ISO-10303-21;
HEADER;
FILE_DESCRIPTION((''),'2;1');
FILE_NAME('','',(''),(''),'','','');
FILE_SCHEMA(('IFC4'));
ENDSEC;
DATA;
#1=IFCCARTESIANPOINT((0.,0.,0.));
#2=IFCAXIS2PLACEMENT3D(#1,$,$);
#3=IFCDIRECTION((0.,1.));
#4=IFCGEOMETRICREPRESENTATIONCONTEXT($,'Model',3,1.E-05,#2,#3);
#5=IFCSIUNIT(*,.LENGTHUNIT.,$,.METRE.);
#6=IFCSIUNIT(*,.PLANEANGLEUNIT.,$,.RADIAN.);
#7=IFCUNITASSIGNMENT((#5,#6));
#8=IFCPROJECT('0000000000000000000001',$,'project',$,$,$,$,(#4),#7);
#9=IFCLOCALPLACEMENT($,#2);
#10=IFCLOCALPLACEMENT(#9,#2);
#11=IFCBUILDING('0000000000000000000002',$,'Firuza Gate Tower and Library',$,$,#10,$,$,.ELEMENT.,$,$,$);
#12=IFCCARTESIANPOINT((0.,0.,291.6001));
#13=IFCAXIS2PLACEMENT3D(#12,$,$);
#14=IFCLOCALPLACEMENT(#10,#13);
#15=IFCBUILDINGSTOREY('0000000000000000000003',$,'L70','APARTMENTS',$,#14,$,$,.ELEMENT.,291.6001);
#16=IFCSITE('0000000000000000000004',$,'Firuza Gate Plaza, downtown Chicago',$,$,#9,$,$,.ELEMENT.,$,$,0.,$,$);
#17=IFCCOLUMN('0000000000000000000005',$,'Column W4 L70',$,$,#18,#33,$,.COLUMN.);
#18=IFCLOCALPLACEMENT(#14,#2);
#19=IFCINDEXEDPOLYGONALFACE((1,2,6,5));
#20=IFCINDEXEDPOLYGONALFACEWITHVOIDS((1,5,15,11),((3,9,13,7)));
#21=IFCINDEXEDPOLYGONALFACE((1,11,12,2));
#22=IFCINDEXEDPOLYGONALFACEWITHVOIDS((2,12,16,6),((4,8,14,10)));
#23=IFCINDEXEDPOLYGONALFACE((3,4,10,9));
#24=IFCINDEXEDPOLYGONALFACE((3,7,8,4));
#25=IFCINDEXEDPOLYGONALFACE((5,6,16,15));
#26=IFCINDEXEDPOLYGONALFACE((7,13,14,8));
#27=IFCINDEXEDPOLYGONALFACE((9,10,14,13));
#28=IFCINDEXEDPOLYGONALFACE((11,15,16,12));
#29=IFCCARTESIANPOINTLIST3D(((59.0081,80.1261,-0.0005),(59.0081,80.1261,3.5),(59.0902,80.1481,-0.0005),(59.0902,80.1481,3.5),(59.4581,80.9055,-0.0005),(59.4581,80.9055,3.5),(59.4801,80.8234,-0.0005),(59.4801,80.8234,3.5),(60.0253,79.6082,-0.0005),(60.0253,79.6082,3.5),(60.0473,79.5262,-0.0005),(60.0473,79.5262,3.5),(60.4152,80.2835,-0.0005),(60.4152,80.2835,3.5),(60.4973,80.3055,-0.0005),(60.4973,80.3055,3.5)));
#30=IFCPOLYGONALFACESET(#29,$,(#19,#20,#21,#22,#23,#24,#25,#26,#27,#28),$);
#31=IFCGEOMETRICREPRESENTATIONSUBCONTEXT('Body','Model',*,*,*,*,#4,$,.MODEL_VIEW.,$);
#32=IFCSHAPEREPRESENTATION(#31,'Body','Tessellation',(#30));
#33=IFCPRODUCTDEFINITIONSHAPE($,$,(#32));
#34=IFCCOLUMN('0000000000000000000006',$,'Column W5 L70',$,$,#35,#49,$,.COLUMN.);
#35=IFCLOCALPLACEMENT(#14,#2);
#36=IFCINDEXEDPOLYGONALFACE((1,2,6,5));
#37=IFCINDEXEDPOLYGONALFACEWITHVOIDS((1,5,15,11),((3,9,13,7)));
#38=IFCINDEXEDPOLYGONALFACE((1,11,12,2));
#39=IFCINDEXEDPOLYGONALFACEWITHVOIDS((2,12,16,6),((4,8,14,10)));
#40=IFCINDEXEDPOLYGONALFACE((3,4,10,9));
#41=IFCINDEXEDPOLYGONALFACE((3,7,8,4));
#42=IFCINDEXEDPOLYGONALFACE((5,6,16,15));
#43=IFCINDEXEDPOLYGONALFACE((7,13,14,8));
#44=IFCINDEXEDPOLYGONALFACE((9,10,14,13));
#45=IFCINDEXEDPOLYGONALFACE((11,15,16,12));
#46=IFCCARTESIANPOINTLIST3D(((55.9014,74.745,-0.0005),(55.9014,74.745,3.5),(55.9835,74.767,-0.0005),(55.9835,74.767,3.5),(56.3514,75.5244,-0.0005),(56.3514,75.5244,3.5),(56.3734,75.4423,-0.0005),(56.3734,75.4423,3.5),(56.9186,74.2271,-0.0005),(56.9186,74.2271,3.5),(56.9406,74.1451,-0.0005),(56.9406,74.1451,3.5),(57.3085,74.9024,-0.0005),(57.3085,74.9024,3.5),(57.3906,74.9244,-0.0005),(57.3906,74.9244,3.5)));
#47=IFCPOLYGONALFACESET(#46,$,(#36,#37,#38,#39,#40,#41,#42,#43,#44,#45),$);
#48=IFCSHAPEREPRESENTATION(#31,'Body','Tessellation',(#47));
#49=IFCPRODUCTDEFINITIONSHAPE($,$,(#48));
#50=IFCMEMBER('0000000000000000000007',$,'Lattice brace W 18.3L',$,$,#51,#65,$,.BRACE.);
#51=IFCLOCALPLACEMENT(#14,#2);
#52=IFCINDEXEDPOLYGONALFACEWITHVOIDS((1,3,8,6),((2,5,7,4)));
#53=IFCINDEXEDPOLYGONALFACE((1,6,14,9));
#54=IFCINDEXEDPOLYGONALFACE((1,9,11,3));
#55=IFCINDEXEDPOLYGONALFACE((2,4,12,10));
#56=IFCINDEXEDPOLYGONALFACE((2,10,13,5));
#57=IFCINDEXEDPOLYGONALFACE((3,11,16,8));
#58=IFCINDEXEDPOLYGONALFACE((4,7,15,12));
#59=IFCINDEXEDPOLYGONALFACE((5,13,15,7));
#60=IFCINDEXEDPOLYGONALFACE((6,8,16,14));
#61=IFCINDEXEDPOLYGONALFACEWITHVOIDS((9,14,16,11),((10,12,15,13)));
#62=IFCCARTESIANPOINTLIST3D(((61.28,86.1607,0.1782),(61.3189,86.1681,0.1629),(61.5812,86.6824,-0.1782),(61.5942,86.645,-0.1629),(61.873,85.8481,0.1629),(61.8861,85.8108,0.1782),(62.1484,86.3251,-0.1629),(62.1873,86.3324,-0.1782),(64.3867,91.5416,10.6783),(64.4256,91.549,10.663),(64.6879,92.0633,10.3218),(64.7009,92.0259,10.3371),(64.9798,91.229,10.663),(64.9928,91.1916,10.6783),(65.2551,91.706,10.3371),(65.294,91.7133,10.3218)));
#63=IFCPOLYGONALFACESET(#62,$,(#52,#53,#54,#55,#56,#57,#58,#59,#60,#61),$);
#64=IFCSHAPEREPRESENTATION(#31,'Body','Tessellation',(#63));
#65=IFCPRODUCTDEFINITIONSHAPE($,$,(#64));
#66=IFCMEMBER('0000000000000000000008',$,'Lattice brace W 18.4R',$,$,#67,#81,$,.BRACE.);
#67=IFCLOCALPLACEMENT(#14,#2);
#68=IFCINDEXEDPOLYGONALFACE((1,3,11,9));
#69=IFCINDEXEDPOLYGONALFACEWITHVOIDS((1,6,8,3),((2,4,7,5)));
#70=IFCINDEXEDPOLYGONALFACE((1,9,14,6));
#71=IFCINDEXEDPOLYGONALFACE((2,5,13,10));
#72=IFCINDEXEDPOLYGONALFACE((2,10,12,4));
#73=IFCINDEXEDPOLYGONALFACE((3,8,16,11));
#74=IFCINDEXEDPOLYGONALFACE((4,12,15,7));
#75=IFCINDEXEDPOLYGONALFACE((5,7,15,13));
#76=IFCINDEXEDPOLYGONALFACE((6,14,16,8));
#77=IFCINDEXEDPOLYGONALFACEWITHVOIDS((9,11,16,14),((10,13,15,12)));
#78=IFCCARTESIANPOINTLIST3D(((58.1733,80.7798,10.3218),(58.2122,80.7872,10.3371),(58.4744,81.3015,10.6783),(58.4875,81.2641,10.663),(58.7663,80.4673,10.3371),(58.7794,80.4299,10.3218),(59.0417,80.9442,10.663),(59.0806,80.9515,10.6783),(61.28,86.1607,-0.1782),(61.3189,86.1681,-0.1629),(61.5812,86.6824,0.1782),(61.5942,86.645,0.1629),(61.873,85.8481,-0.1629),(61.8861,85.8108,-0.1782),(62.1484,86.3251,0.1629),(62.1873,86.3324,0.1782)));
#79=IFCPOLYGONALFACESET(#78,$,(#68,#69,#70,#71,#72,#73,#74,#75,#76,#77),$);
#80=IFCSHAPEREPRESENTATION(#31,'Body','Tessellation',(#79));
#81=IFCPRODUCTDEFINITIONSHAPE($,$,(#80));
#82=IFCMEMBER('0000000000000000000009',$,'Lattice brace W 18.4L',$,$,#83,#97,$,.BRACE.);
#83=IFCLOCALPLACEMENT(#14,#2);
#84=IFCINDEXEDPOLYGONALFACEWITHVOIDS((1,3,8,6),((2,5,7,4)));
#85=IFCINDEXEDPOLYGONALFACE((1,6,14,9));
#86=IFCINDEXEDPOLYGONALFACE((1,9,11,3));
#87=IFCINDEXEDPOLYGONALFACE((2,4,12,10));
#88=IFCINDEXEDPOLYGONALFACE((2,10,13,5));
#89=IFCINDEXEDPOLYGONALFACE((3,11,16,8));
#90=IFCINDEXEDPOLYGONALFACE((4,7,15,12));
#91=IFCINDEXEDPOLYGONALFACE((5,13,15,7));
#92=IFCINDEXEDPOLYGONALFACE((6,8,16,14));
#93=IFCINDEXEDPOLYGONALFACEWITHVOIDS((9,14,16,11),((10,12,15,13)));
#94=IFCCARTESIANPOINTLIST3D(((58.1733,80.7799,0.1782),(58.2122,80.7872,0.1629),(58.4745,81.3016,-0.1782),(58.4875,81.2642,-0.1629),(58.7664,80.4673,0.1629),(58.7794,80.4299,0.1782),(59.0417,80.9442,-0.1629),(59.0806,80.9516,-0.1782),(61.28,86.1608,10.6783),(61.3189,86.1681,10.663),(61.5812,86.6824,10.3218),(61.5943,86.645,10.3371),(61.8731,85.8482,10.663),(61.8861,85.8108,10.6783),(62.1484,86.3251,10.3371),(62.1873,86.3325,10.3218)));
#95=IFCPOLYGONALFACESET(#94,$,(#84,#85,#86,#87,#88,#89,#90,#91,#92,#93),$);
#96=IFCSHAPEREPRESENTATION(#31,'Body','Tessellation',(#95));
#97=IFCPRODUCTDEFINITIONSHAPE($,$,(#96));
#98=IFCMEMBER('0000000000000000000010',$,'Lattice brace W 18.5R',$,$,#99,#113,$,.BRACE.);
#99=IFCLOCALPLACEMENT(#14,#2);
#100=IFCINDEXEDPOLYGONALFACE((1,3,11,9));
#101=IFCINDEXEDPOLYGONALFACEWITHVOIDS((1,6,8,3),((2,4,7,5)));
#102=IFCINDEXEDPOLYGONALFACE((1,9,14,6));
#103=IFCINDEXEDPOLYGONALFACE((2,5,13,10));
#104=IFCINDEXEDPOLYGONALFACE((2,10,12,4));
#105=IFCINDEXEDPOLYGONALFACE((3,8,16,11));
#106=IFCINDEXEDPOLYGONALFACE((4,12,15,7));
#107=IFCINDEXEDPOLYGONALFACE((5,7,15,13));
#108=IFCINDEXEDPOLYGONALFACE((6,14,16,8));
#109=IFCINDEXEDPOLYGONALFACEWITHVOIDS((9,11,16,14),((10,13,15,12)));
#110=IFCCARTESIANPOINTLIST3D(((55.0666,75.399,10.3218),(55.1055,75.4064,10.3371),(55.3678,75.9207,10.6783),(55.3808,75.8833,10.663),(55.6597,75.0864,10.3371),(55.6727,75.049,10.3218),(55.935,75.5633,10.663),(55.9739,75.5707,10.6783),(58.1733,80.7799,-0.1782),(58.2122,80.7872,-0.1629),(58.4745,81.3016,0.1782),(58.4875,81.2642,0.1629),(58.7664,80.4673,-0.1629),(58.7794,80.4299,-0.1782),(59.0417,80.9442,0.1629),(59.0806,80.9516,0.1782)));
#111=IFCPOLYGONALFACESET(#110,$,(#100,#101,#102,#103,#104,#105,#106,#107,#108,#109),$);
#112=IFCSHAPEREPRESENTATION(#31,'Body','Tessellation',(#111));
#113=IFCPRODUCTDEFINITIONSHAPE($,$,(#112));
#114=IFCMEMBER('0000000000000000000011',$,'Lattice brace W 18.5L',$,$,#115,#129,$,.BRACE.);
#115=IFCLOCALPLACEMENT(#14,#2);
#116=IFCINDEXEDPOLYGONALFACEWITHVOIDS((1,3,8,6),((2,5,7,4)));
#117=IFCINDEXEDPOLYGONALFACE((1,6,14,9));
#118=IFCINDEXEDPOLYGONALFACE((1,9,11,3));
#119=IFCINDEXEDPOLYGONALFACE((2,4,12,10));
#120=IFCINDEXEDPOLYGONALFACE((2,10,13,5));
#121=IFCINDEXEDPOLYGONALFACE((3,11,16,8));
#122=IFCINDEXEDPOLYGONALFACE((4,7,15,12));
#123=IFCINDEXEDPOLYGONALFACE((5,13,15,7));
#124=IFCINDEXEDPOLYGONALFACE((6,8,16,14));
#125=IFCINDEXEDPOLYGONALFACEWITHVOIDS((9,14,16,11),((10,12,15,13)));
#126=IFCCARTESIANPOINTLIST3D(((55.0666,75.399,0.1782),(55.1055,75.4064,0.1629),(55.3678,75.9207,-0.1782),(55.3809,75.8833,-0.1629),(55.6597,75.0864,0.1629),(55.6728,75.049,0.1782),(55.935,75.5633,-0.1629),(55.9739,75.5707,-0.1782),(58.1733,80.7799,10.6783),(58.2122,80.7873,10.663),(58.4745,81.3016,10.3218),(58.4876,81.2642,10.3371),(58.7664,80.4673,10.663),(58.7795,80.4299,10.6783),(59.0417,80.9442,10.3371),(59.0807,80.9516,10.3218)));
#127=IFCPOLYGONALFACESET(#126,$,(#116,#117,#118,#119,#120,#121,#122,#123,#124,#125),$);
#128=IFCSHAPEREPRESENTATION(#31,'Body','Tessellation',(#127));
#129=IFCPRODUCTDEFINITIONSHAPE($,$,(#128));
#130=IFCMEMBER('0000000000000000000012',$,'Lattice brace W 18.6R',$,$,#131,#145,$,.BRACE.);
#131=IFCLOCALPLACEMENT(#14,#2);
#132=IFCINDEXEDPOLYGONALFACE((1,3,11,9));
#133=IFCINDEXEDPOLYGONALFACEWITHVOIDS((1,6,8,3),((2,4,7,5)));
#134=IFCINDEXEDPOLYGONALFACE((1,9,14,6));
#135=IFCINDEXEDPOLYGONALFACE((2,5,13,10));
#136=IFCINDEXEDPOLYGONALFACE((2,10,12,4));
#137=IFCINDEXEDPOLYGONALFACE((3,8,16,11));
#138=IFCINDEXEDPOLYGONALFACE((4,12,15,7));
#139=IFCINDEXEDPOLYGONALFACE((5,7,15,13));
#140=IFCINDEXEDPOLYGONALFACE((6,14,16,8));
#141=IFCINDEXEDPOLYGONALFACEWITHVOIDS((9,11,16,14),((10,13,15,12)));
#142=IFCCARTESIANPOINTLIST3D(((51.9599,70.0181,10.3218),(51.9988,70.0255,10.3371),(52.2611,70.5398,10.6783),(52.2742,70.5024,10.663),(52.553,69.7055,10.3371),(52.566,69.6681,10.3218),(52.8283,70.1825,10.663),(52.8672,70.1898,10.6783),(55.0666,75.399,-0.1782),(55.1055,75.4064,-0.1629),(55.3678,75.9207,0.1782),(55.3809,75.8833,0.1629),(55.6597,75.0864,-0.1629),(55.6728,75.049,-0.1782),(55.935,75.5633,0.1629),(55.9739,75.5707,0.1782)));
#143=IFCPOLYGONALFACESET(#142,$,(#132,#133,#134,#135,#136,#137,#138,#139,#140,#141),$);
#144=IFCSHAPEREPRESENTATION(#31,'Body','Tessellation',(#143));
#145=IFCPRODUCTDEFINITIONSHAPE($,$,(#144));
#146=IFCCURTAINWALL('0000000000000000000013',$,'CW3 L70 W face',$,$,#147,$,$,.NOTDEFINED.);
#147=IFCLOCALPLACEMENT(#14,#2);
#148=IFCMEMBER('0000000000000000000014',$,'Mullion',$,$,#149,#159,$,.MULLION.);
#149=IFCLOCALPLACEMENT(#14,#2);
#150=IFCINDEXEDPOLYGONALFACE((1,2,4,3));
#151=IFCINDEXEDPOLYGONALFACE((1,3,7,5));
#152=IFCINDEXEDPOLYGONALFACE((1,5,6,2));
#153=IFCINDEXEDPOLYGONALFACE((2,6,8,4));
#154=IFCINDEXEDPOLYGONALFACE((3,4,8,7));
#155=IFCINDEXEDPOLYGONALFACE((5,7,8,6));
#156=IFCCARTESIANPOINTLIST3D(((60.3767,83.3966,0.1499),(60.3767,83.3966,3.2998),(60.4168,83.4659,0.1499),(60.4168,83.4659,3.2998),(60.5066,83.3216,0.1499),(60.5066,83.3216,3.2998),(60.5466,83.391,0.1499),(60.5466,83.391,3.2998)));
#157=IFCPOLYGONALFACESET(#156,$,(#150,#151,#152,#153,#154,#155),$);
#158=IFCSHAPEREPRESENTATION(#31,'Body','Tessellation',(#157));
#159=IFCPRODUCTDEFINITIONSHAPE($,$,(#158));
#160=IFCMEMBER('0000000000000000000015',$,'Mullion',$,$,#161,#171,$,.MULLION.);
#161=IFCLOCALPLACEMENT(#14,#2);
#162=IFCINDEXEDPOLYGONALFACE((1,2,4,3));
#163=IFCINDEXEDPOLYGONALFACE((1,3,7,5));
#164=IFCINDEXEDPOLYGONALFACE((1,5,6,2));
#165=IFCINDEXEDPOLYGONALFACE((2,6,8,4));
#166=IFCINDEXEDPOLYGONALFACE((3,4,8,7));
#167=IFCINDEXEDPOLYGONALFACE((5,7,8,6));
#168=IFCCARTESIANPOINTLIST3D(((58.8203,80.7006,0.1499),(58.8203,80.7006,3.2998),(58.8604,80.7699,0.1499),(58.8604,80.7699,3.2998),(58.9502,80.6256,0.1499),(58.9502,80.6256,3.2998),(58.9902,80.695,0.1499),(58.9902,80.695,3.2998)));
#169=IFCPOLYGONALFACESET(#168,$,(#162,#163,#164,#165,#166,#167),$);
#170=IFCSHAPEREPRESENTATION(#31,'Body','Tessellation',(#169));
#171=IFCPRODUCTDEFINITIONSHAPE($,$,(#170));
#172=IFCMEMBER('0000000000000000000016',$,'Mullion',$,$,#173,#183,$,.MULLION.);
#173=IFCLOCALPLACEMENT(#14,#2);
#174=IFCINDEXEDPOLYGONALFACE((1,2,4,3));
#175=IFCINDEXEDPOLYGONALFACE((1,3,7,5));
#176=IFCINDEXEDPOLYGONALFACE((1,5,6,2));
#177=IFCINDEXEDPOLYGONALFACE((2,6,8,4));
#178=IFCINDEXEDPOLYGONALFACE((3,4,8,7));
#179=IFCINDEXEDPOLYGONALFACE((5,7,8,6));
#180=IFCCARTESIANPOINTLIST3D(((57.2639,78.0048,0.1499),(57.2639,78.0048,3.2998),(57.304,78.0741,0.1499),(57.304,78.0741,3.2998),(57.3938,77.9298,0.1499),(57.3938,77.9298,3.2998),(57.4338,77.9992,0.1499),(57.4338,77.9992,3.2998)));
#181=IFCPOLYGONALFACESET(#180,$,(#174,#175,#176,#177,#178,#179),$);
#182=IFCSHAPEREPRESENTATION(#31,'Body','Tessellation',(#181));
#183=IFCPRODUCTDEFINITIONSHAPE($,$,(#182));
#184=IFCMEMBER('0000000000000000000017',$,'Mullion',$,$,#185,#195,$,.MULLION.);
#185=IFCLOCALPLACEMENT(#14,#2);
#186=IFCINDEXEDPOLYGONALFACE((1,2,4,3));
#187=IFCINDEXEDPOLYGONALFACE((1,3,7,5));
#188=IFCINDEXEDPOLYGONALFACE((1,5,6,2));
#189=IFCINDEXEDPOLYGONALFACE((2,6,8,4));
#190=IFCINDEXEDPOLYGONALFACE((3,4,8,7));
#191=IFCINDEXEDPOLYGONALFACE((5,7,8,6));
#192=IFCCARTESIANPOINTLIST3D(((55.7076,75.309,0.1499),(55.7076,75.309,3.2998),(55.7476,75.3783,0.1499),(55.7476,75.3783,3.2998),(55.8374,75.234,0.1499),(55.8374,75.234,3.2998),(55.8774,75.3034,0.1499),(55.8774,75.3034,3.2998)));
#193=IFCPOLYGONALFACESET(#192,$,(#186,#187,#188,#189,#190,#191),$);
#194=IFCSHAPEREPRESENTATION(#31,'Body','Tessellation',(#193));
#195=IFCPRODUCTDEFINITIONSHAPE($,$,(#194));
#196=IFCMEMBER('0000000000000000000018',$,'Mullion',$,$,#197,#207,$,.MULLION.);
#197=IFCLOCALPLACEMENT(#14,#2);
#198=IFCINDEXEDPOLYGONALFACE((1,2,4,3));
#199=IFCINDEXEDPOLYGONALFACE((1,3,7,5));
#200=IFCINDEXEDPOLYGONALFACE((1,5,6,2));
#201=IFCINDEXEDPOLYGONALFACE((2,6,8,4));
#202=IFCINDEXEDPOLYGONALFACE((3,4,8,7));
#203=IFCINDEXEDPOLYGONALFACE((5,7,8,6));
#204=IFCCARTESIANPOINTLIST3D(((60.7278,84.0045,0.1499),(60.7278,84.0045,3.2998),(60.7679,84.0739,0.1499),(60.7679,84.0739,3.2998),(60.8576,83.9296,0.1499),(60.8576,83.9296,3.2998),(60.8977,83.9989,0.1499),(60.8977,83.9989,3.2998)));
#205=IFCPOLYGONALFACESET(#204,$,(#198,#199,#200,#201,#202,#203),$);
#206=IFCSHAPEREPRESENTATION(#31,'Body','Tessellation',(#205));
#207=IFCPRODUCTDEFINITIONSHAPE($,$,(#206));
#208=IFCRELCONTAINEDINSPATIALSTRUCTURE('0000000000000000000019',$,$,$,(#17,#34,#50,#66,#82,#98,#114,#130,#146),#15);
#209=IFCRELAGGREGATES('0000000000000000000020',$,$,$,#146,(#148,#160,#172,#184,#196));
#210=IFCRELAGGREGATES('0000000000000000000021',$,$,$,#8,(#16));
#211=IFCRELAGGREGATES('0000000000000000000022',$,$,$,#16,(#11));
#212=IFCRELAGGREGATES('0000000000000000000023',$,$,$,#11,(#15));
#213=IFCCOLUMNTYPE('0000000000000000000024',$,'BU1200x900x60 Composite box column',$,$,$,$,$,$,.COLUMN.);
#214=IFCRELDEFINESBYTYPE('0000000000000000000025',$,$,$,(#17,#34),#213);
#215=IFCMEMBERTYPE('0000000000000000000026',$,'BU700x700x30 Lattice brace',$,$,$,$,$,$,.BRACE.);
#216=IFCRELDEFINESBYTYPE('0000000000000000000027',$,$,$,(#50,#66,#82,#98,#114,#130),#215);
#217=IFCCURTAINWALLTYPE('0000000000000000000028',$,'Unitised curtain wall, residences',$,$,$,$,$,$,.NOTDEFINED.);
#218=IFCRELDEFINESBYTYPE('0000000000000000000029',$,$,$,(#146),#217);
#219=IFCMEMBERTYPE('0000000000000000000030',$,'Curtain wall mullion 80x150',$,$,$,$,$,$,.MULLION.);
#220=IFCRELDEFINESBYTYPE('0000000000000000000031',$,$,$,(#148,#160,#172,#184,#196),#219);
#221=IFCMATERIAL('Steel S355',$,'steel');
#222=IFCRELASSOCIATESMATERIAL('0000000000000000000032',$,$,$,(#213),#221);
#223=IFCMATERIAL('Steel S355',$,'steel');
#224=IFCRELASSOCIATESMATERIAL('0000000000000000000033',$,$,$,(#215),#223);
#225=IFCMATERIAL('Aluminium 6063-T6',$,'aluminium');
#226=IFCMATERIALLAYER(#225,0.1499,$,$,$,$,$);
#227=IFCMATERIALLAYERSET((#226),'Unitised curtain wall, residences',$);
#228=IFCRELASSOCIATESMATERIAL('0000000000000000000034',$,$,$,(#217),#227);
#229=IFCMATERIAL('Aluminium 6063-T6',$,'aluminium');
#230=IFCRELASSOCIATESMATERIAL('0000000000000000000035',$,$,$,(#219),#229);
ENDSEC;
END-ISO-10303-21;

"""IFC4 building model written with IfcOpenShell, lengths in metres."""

from ifc_helpers import new_model, si_unit, direction, frame, origin, origin_2d, place, context, subcontext, project, spatial, rectangle, hollow_rectangle, extrude, material, layer, layer_set, material_profile, profile_set, type_object, element, aggregate, save


model = new_model("IFC4")

# Units and contexts
model_context = context("Model", 3, precision=1e-05, world=origin(), true_north=direction((0.0, 1.0)))
body_context = subcontext(model_context, "Body", "Model", "MODEL_VIEW")
ifc_project = project(units=[si_unit("LENGTHUNIT", "METRE"), si_unit("PLANEANGLEUNIT", "RADIAN")], contexts=[model_context])

# Site, building, storey
site_placement = place(None, origin())
site = spatial("IfcSite", under=ifc_project, at=site_placement, Name="Firuza Gate Plaza, downtown Chicago", CompositionType="ELEMENT", RefElevation=0.0)
building_placement = place(site_placement, origin())
building = spatial("IfcBuilding", under=site, at=building_placement, Name="Firuza Gate Tower and Library", CompositionType="ELEMENT")
storey_placement = place(building_placement, frame((0.0, 0.0, 291.6001)))
storey = spatial("IfcBuildingStorey", under=building, at=storey_placement, Name="L70", Description="APARTMENTS", CompositionType="ELEMENT", Elevation=291.6001)

# Columns
ifc_material_1 = material(Name="Steel S355", Category="steel")
ifc_material_profile_1 = material_profile(ifc_material_1, hollow_rectangle(XDim=0.8999, YDim=1.2, WallThickness=0.0601, at=origin_2d()))
ifc_profile_set_1 = profile_set([ifc_material_profile_1], Name="Steel S355")
column_type = type_object("IfcColumnType", Name="BU1200x900x60 Composite box column", PredefinedType="COLUMN", material=ifc_profile_set_1)
for number, where, z_axis, x_axis, name in (
    (1, (59.7527, 80.2158, -0.0005), (0.0, 0.0, 1.0), (-0.5, -0.866025, 0.0), "Column W4 L70"),
    (2, (56.646, 74.8347, -0.0005), (0.0, 0.0, 1.0), (-0.5, -0.866025, 0.0), "Column W5 L70"),
):
    element("IfcColumn", number, at=place(storey_placement, frame(where, z_axis=z_axis, x_axis=x_axis)), inside=storey, type_object=column_type, Name=name, PredefinedType="COLUMN", context=body_context, shape_type="SweptSolid", body=[
        extrude(hollow_rectangle(XDim=0.8999, YDim=1.2, WallThickness=0.0601, at=origin_2d()), origin(), (0.0, 0.0, 1.0), 3.5005),
    ])

# Members
ifc_material_2 = material(Name="Steel S355", Category="steel")
ifc_material_profile_2 = material_profile(ifc_material_2, hollow_rectangle(XDim=0.7, YDim=0.7, WallThickness=0.03, at=origin_2d()))
ifc_profile_set_2 = profile_set([ifc_material_profile_2], Name="Steel S355")
member_type_1 = type_object("IfcMemberType", Name="BU700x700x30 Lattice brace", PredefinedType="BRACE", material=ifc_profile_set_2)
for number, where, z_axis, x_axis, name in (
    (3, (61.7336, 86.2466, 0.0), (0.254634, 0.441032, 0.860612), (-0.866022, 0.500006, 0.0), "Lattice brace W 18.3L"),
    (4, (61.7336, 86.2466, 0.0), (-0.254634, -0.441032, 0.860612), (0.866022, -0.500006, 0.0), "Lattice brace W 18.4R"),
    (5, (58.627, 80.8657, 0.0), (0.254634, 0.441032, 0.860612), (-0.866022, 0.500006, 0.0), "Lattice brace W 18.4L"),
    (6, (58.627, 80.8657, 0.0), (-0.254634, -0.441032, 0.860612), (0.866022, -0.500006, 0.0), "Lattice brace W 18.5R"),
    (7, (55.5203, 75.4849, 0.0), (0.254634, 0.441032, 0.860612), (-0.866022, 0.500006, 0.0), "Lattice brace W 18.5L"),
    (8, (55.5203, 75.4849, 0.0), (-0.254634, -0.441032, 0.860612), (0.866022, -0.500006, 0.0), "Lattice brace W 18.6R"),
):
    element("IfcMember", number, at=place(storey_placement, frame(where, z_axis=z_axis, x_axis=x_axis)), inside=storey, type_object=member_type_1, Name=name, PredefinedType="BRACE", context=body_context, shape_type="SweptSolid", body=[
        extrude(hollow_rectangle(XDim=0.7, YDim=0.7, WallThickness=0.03, at=origin_2d()), origin(), (0.0, 0.0, 1.0), 12.2007),
    ])

# Curtain wall, members
ifc_material_3 = material(Name="Aluminium 6063-T6", Category="aluminium")
ifc_layer_1 = layer(ifc_material_3, 0.1499)
ifc_layer_set_1 = layer_set([ifc_layer_1], Name="Unitised curtain wall, residences")
curtain_wall_type = type_object("IfcCurtainWallType", Name="Unitised curtain wall, residences", PredefinedType="NOTDEFINED", material=ifc_layer_set_1)
curtain_wall_placement = place(storey_placement, origin())
curtain_wall = element("IfcCurtainWall", 9, at=curtain_wall_placement, inside=storey, type_object=curtain_wall_type, Name="CW3 L70 W face", PredefinedType="NOTDEFINED")
ifc_material_4 = material(Name="Aluminium 6063-T6", Category="aluminium")
ifc_material_profile_3 = material_profile(ifc_material_4, rectangle(XDim=0.1499, YDim=0.0801, at=origin_2d()))
ifc_profile_set_3 = profile_set([ifc_material_profile_3], Name="Aluminium 6063-T6")
member_type_2 = type_object("IfcMemberType", Name="Curtain wall mullion 80x150", PredefinedType="MULLION", material=ifc_profile_set_3)
member_1_placement = place(storey_placement, frame((60.4617, 83.3938, 0.1499), z_axis=(0.0, 0.0, 1.0), x_axis=(0.866025, -0.5, 0.0)))
member_1 = element("IfcMember", 10, at=member_1_placement, type_object=member_type_2, Name="Mullion", PredefinedType="MULLION", context=body_context, shape_type="SweptSolid", body=[
    extrude(rectangle(XDim=0.1499, YDim=0.0801, at=origin_2d()), origin(), (0.0, 0.0, 1.0), 3.1499),
])
member_2_placement = place(storey_placement, frame((58.9053, 80.6978, 0.1499), z_axis=(0.0, 0.0, 1.0), x_axis=(0.866025, -0.5, 0.0)))
member_2 = element("IfcMember", 11, at=member_2_placement, type_object=member_type_2, Name="Mullion", PredefinedType="MULLION", context=body_context, shape_type="SweptSolid", body=[
    extrude(rectangle(XDim=0.1499, YDim=0.0801, at=origin_2d()), origin(), (0.0, 0.0, 1.0), 3.1499),
])
member_3_placement = place(storey_placement, frame((57.3489, 78.002, 0.1499), z_axis=(0.0, 0.0, 1.0), x_axis=(0.866025, -0.5, 0.0)))
member_3 = element("IfcMember", 12, at=member_3_placement, type_object=member_type_2, Name="Mullion", PredefinedType="MULLION", context=body_context, shape_type="SweptSolid", body=[
    extrude(rectangle(XDim=0.1499, YDim=0.0801, at=origin_2d()), origin(), (0.0, 0.0, 1.0), 3.1499),
])
member_4_placement = place(storey_placement, frame((55.7925, 75.3062, 0.1499), z_axis=(0.0, 0.0, 1.0), x_axis=(0.866025, -0.5, 0.0)))
member_4 = element("IfcMember", 13, at=member_4_placement, type_object=member_type_2, Name="Mullion", PredefinedType="MULLION", context=body_context, shape_type="SweptSolid", body=[
    extrude(rectangle(XDim=0.1499, YDim=0.0801, at=origin_2d()), origin(), (0.0, 0.0, 1.0), 3.1499),
])
member_5_placement = place(storey_placement, frame((60.8127, 84.0017, 0.1499), z_axis=(0.0, 0.0, 1.0), x_axis=(0.866025, -0.5, 0.0)))
member_5 = element("IfcMember", 14, at=member_5_placement, type_object=member_type_2, Name="Mullion", PredefinedType="MULLION", context=body_context, shape_type="SweptSolid", body=[
    extrude(rectangle(XDim=0.1499, YDim=0.0801, at=origin_2d()), origin(), (0.0, 0.0, 1.0), 3.1499),
])

aggregate(curtain_wall, [member_1, member_2, member_3, member_4, member_5])

save(model, "model.ifc")
